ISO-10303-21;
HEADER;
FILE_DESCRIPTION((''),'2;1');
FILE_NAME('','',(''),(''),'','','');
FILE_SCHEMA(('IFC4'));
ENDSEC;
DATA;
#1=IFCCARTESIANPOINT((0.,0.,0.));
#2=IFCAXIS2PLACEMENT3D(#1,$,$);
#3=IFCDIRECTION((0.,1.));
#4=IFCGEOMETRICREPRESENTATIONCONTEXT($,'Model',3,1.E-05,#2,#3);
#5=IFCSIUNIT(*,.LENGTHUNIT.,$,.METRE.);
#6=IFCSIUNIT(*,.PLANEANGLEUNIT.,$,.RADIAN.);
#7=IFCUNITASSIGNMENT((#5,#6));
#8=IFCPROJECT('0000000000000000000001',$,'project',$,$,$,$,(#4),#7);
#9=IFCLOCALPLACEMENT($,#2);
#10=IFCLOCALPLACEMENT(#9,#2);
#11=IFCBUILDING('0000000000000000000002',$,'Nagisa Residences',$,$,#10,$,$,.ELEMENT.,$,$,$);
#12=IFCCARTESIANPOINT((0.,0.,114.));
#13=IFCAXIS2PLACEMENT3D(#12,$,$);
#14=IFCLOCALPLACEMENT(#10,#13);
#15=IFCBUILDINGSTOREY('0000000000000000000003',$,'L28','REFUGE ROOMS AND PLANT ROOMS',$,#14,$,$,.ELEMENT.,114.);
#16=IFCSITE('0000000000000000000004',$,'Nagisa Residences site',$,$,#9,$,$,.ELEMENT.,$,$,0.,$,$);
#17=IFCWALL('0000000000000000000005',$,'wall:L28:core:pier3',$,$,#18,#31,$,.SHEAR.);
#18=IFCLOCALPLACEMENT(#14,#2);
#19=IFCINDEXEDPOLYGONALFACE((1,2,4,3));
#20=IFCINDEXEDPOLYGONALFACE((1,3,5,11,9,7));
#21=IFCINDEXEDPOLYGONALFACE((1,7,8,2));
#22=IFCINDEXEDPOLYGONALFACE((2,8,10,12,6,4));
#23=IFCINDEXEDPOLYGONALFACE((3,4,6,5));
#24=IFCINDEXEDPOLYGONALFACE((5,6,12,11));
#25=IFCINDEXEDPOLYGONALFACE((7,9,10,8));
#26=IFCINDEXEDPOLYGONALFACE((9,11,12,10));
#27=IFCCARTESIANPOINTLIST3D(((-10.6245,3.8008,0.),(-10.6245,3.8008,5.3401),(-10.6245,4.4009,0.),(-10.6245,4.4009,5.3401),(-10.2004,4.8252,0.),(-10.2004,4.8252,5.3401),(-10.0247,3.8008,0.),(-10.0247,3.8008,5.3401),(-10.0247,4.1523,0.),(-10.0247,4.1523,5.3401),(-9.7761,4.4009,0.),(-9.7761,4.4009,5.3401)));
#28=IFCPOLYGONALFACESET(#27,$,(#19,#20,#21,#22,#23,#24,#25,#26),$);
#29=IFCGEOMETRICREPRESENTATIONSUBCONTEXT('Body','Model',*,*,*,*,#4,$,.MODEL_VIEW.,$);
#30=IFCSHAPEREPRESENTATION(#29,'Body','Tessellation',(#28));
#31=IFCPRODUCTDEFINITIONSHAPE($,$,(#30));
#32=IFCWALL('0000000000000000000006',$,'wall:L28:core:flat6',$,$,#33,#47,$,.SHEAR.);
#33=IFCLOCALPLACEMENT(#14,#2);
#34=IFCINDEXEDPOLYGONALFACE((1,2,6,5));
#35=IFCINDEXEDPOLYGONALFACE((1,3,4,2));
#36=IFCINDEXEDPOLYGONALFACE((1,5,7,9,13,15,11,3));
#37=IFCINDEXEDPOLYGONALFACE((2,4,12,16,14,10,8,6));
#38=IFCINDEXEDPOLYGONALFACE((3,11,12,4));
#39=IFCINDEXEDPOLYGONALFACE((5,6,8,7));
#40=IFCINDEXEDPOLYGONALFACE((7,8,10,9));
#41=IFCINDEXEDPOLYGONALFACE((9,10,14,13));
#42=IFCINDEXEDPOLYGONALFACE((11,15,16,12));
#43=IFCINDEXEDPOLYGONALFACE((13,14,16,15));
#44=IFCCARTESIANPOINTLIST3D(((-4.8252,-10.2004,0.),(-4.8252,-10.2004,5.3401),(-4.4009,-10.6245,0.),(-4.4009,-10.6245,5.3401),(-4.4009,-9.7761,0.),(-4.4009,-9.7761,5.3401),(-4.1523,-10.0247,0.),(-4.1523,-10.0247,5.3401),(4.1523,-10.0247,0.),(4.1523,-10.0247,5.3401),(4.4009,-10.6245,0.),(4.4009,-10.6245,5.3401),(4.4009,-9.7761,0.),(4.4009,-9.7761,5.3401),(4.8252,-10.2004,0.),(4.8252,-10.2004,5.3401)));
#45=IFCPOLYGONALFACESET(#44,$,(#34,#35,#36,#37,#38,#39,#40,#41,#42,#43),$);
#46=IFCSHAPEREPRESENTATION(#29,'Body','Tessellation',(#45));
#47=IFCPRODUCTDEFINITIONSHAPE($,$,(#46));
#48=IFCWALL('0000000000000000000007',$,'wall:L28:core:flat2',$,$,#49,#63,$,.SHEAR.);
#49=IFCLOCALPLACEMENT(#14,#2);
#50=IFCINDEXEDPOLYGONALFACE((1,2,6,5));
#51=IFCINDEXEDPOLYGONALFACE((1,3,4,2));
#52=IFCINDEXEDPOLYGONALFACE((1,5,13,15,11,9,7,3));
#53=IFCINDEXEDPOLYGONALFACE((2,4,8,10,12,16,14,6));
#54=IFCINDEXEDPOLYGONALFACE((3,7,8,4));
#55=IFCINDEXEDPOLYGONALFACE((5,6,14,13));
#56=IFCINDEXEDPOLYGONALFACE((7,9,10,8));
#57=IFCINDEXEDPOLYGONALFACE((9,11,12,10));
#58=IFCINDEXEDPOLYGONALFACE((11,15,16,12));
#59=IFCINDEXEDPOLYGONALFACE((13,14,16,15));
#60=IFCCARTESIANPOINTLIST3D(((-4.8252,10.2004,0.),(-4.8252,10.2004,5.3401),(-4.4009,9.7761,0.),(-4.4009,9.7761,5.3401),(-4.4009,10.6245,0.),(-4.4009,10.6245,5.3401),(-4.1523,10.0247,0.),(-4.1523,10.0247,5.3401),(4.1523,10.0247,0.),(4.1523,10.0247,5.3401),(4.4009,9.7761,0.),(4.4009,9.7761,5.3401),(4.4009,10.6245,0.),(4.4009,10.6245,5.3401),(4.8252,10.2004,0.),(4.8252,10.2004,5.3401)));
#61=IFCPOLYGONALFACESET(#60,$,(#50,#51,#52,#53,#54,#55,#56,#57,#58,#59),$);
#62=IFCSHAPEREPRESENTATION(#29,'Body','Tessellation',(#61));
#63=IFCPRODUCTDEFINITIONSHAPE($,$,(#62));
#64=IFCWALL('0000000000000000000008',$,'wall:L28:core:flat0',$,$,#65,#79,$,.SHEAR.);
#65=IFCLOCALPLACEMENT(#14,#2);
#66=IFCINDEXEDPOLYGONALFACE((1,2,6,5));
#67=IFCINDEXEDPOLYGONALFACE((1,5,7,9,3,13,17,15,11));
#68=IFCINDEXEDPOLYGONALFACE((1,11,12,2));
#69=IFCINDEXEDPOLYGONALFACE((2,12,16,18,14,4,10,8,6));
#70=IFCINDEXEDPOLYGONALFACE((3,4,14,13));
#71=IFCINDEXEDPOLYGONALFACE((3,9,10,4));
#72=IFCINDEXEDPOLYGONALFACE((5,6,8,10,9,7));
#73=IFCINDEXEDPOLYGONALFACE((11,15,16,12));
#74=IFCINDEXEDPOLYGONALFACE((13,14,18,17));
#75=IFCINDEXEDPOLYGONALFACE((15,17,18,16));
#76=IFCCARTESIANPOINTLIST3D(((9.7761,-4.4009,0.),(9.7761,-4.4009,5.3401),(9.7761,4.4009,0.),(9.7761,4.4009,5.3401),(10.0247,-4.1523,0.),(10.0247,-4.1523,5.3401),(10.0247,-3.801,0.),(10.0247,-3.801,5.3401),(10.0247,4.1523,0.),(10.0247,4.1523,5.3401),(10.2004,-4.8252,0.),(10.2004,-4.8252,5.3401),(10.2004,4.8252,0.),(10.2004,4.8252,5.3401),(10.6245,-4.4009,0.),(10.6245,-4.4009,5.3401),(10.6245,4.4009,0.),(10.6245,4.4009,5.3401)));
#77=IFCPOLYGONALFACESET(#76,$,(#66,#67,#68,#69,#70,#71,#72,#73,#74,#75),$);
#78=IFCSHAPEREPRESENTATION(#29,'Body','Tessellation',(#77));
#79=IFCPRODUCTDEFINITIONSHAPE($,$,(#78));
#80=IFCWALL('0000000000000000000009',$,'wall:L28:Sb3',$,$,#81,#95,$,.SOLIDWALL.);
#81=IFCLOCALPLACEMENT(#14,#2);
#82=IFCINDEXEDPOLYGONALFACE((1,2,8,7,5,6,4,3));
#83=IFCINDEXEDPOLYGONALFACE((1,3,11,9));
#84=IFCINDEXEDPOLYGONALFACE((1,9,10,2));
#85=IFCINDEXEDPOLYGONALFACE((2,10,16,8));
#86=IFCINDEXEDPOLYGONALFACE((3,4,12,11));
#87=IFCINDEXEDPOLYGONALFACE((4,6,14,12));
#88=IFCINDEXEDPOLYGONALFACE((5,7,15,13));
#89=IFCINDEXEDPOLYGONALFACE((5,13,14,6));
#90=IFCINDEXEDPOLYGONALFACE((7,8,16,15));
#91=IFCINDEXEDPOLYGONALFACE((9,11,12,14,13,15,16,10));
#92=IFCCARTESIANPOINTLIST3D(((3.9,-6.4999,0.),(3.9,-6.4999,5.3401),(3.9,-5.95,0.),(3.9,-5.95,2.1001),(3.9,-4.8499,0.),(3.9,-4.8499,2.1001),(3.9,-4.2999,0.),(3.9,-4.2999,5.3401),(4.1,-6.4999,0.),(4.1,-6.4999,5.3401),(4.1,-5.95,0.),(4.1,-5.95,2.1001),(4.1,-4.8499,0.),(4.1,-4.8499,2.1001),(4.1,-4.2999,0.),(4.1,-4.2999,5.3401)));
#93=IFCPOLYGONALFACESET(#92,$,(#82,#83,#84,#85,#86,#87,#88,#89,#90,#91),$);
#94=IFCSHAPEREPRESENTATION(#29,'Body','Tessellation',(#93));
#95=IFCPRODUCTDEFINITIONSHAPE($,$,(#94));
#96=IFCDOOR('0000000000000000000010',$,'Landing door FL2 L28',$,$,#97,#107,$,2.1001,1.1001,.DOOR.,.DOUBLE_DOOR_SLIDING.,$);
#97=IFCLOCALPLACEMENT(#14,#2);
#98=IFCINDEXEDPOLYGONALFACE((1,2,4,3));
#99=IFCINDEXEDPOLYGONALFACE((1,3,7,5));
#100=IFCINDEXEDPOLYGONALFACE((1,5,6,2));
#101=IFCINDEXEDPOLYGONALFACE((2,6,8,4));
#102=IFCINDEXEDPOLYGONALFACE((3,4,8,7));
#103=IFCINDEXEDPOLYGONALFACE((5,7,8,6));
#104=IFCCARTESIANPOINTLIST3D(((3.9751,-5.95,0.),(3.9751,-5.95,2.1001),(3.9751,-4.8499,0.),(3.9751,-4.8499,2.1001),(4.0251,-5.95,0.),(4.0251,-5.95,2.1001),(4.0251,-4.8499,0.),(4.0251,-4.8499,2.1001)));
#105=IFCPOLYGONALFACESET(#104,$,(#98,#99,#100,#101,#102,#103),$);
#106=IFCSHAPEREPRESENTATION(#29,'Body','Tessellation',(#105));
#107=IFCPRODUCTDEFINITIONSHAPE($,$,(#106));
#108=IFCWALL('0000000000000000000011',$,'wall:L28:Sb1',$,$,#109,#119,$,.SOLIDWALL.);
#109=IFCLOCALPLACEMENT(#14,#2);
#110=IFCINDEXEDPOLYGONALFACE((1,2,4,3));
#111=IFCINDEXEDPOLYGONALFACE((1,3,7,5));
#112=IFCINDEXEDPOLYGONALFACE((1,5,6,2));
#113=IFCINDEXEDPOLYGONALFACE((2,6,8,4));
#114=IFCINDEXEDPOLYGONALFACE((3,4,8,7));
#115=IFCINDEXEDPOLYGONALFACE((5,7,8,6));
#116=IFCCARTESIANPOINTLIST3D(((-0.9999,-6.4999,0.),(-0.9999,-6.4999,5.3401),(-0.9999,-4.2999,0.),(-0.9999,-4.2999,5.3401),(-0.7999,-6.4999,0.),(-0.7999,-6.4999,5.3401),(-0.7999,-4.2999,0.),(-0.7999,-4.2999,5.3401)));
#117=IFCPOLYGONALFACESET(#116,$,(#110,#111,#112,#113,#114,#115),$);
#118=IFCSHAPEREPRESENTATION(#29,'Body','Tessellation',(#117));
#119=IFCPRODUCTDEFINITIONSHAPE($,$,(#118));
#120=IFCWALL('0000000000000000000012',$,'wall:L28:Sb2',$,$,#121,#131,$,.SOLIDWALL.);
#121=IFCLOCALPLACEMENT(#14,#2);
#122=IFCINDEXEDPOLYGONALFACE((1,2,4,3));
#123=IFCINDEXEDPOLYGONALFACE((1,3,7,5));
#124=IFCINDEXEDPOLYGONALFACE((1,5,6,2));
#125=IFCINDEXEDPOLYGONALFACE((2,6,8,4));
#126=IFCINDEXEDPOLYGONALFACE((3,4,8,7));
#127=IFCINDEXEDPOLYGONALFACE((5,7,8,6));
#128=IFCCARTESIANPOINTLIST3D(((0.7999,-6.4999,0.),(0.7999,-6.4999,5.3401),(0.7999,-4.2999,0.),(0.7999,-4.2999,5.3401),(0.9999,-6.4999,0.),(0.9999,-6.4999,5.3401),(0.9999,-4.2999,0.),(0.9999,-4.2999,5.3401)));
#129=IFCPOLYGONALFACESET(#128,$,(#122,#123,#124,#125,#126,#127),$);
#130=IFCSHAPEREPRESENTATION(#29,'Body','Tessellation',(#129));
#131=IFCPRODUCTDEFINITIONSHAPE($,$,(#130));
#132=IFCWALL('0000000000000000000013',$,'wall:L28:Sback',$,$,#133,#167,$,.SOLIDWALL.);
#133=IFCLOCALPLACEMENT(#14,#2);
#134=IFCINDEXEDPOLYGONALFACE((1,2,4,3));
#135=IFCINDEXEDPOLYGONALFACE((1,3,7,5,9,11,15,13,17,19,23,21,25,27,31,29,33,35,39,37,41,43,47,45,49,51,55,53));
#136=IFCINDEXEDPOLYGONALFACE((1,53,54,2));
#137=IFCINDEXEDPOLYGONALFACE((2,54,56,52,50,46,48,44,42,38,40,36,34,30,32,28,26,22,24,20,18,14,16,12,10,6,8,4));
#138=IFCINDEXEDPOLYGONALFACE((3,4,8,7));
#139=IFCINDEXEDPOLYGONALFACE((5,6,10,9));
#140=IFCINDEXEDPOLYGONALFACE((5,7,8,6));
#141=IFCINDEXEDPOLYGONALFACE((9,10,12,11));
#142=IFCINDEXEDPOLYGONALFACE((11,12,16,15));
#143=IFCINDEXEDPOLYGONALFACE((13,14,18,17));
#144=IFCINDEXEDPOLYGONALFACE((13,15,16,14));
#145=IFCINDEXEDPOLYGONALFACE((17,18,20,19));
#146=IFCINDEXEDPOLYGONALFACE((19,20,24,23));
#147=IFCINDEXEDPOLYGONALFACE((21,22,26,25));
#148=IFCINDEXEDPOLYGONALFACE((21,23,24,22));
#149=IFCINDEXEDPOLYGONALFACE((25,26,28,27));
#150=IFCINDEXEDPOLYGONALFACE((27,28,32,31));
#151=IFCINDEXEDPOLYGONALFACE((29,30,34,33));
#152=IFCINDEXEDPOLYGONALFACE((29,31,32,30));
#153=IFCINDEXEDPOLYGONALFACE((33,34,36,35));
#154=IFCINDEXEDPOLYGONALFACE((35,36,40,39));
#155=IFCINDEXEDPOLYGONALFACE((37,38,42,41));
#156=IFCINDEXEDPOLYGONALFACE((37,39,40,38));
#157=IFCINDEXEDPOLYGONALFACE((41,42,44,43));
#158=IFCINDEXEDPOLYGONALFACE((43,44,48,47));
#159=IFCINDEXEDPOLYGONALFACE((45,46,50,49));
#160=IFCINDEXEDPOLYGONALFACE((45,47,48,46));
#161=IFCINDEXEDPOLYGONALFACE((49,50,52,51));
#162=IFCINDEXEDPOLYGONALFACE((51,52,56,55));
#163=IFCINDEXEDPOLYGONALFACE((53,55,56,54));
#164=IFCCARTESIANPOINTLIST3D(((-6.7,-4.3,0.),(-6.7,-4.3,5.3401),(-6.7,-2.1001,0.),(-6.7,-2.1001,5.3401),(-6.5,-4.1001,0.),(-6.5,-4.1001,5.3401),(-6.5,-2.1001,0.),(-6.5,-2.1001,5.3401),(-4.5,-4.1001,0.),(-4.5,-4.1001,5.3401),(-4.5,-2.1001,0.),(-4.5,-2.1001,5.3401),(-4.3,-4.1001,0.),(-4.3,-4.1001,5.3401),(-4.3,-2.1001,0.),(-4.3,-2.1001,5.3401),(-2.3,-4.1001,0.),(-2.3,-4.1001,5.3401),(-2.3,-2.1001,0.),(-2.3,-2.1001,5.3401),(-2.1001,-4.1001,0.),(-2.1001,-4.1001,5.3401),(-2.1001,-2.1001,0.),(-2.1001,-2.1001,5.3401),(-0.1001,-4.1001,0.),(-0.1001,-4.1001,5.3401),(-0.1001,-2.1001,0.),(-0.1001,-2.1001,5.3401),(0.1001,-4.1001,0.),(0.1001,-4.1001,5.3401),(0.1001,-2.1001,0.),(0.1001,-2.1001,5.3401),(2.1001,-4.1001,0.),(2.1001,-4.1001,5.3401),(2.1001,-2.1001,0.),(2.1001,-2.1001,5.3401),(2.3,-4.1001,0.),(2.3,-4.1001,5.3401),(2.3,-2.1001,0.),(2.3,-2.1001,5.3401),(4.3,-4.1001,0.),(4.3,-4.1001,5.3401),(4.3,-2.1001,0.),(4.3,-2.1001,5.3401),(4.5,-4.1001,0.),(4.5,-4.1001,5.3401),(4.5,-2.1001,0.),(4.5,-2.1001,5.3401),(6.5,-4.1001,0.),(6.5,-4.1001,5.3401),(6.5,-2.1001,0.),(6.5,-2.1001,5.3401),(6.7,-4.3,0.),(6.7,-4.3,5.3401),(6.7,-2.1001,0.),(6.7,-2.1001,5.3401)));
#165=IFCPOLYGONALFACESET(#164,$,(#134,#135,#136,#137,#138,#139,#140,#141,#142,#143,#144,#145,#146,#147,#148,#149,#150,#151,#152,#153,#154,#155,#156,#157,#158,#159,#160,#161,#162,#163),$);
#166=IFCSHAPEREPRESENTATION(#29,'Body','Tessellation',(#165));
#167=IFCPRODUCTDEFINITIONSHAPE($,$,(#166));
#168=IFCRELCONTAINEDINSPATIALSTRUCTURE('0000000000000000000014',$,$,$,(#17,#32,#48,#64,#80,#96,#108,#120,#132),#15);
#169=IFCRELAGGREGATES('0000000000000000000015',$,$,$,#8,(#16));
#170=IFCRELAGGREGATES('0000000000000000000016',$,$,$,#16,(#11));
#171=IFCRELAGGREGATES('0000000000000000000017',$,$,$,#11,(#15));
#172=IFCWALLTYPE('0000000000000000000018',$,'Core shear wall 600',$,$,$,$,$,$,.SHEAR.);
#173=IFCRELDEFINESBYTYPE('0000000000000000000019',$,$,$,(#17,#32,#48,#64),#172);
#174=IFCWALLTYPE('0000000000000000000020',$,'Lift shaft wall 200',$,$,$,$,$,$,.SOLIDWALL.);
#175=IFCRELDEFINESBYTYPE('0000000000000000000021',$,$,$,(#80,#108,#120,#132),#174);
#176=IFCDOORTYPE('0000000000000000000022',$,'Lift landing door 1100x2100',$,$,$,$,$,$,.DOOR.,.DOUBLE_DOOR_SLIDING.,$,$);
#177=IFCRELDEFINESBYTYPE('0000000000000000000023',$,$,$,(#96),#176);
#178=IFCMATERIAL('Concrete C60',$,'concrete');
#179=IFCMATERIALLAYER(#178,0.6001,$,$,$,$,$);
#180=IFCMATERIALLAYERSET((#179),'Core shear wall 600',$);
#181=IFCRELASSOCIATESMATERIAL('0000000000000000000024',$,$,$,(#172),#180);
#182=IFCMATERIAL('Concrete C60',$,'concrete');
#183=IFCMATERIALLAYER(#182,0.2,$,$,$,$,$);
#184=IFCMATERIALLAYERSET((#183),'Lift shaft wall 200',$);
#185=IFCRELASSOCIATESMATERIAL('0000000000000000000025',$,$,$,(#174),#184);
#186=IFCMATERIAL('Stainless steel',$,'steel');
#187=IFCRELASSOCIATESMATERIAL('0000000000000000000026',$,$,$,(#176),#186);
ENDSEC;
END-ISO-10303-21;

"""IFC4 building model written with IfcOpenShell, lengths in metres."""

from ifc_helpers import new_model, si_unit, direction, frame, frame_2d, origin, place, context, subcontext, project, spatial, polyline, rectangle, outline, extrude, material, layer, layer_set, type_object, element, fill, save


model = new_model("IFC4")

# Units and contexts
model_context = context("Model", 3, precision=1e-05, world=origin(), true_north=direction((0.0, 1.0)))
body_context = subcontext(model_context, "Body", "Model", "MODEL_VIEW")
ifc_project = project(units=[si_unit("LENGTHUNIT", "METRE"), si_unit("PLANEANGLEUNIT", "RADIAN")], contexts=[model_context])

# Site, building, storey
site_placement = place(None, origin())
site = spatial("IfcSite", under=ifc_project, at=site_placement, Name="Nagisa Residences site", CompositionType="ELEMENT", RefElevation=0.0)
building_placement = place(site_placement, origin())
building = spatial("IfcBuilding", under=site, at=building_placement, Name="Nagisa Residences", CompositionType="ELEMENT")
storey_placement = place(building_placement, frame((0.0, 0.0, 114.0)))
storey = spatial("IfcBuildingStorey", under=building, at=storey_placement, Name="L28", Description="REFUGE ROOMS AND PLANT ROOMS", CompositionType="ELEMENT", Elevation=114.0)

# Walls
ifc_material_1 = material(Name="Concrete C60", Category="concrete")
ifc_layer_1 = layer(ifc_material_1, 0.6001)
ifc_layer_set_1 = layer_set([ifc_layer_1], Name="Core shear wall 600")
wall_type_1 = type_object("IfcWallType", Name="Core shear wall 600", PredefinedType="SHEAR", material=ifc_layer_set_1)
wall_1_placement = place(storey_placement, origin())
element("IfcWall", 1, at=wall_1_placement, inside=storey, type_object=wall_type_1, Name="wall:L28:core:pier3", PredefinedType="SHEAR", context=body_context, shape_type="SweptSolid", body=[
    extrude(outline(polyline([(-10.2004, 4.8252), (-9.7761, 4.4009), (-10.0247, 4.1523), (-10.0247, 3.8008), (-10.6245, 3.8008), (-10.6245, 4.4009), (-10.2004, 4.8252)])), origin(), (0.0, 0.0, 1.0), 5.3401),
])
wall_2_placement = place(storey_placement, origin())
element("IfcWall", 2, at=wall_2_placement, inside=storey, type_object=wall_type_1, Name="wall:L28:core:flat6", PredefinedType="SHEAR", context=body_context, shape_type="SweptSolid", body=[
    extrude(outline(polyline([(-4.1523, -10.0247), (4.1523, -10.0247), (4.4009, -9.7761), (4.8252, -10.2004), (4.4009, -10.6245), (-4.4009, -10.6245), (-4.8252, -10.2004), (-4.4009, -9.7761), (-4.1523, -10.0247)])), origin(), (0.0, 0.0, 1.0), 5.3401),
])
wall_3_placement = place(storey_placement, origin())
element("IfcWall", 3, at=wall_3_placement, inside=storey, type_object=wall_type_1, Name="wall:L28:core:flat2", PredefinedType="SHEAR", context=body_context, shape_type="SweptSolid", body=[
    extrude(outline(polyline([(-4.1523, 10.0247), (-4.4009, 9.7761), (-4.8252, 10.2004), (-4.4009, 10.6245), (4.4009, 10.6245), (4.8252, 10.2004), (4.4009, 9.7761), (4.1523, 10.0247), (-4.1523, 10.0247)])), origin(), (0.0, 0.0, 1.0), 5.3401),
])
wall_4_placement = place(storey_placement, origin())
element("IfcWall", 4, at=wall_4_placement, inside=storey, type_object=wall_type_1, Name="wall:L28:core:flat0", PredefinedType="SHEAR", context=body_context, shape_type="SweptSolid", body=[
    extrude(outline(polyline([(9.7761, -4.4009), (10.0247, -4.1523), (10.0247, -3.801), (10.0247, 4.1523), (9.7761, 4.4009), (10.2004, 4.8252), (10.6245, 4.4009), (10.6245, -4.4009), (10.2004, -4.8252), (9.7761, -4.4009)])), origin(), (0.0, 0.0, 1.0), 5.3401),
])

# Wall, opening, door
ifc_material_2 = material(Name="Concrete C60", Category="concrete")
ifc_layer_2 = layer(ifc_material_2, 0.2)
ifc_layer_set_2 = layer_set([ifc_layer_2], Name="Lift shaft wall 200")
wall_type_2 = type_object("IfcWallType", Name="Lift shaft wall 200", PredefinedType="SOLIDWALL", material=ifc_layer_set_2)
wall_5_placement = place(storey_placement, frame((4.0, -6.5, 0.0), z_axis=(0.0, 0.0, 1.0), x_axis=(0.0, 1.0, 0.0)))
wall_5 = element("IfcWall", 5, at=wall_5_placement, inside=storey, type_object=wall_type_2, Name="wall:L28:Sb3", PredefinedType="SOLIDWALL", context=body_context, shape_type="SweptSolid", body=[
    extrude(rectangle(XDim=2.2, YDim=0.2, at=frame_2d((1.1001, 0.0))), origin(), (0.0, 0.0, 1.0), 5.3401),
])
opening_1_placement = place(wall_5_placement, frame((0.55, 0.0, 0.0)))
opening_1 = element("IfcOpeningElement", 6, at=opening_1_placement, cuts=wall_5, PredefinedType="OPENING", context=body_context, shape_type="SweptSolid", body=[
    extrude(rectangle(XDim=1.1001, YDim=2.1001, at=frame_2d((0.55, 1.05))), frame((0.0, 0.1099, 0.0), z_axis=(0.0, -1.0, 0.0), x_axis=(1.0, 0.0, 0.0)), (0.0, 0.0, 1.0), 0.22),
])
ifc_material_3 = material(Name="Stainless steel", Category="steel")
door_type_1 = type_object("IfcDoorType", Name="Lift landing door 1100x2100", OperationType="DOUBLE_DOOR_SLIDING", PredefinedType="DOOR", material=ifc_material_3)
door_1_placement = place(opening_1_placement, origin())
door_1 = element("IfcDoor", 7, at=door_1_placement, inside=storey, type_object=door_type_1, Name="Landing door FL2 L28", OperationType="DOUBLE_DOOR_SLIDING", OverallHeight=2.1001, OverallWidth=1.1001, PredefinedType="DOOR", context=body_context, shape_type="SweptSolid", body=[
    extrude(rectangle(XDim=1.1001, YDim=2.1001, at=frame_2d((0.55, 1.05))), frame((0.0, 0.0249, 0.0), z_axis=(0.0, -1.0, 0.0), x_axis=(1.0, 0.0, 0.0)), (0.0, 0.0, 1.0), 0.05),
])
fill(opening_1, door_1)

# Walls
for number, where, z_axis, x_axis, name in (
    (8, (-0.8999, -6.5, 0.0), (0.0, 0.0, 1.0), (0.0, 1.0, 0.0), "wall:L28:Sb1"),
    (9, (0.8999, -6.5, 0.0), (0.0, 0.0, 1.0), (0.0, 1.0, 0.0), "wall:L28:Sb2"),
):
    element("IfcWall", number, at=place(storey_placement, frame(where, z_axis=z_axis, x_axis=x_axis)), inside=storey, type_object=wall_type_2, Name=name, PredefinedType="SOLIDWALL", context=body_context, shape_type="SweptSolid", body=[
        extrude(rectangle(XDim=2.2, YDim=0.2, at=frame_2d((1.1001, 0.0))), origin(), (0.0, 0.0, 1.0), 5.3401),
    ])
wall_6_placement = place(storey_placement, origin())
element("IfcWall", 10, at=wall_6_placement, inside=storey, type_object=wall_type_2, Name="wall:L28:Sback", PredefinedType="SOLIDWALL", context=body_context, shape_type="SweptSolid", body=[
    extrude(outline(polyline([(-6.7, -2.1001), (-6.5, -2.1001), (-6.5, -4.1001), (-4.5, -4.1001), (-4.5, -2.1001), (-4.3, -2.1001), (-4.3, -4.1001), (-2.3, -4.1001), (-2.3, -2.1001), (-2.1001, -2.1001), (-2.1001, -4.1001), (-0.1001, -4.1001), (-0.1001, -2.1001), (0.1001, -2.1001), (0.1001, -4.1001), (2.1001, -4.1001), (2.1001, -2.1001), (2.3, -2.1001), (2.3, -4.1001), (4.3, -4.1001), (4.3, -2.1001), (4.5, -2.1001), (4.5, -4.1001), (6.5, -4.1001), (6.5, -2.1001), (6.7, -2.1001), (6.7, -4.3), (-6.7, -4.3), (-6.7, -2.1001)])), origin(), (0.0, 0.0, 1.0), 5.3401),
])

save(model, "model.ifc")
